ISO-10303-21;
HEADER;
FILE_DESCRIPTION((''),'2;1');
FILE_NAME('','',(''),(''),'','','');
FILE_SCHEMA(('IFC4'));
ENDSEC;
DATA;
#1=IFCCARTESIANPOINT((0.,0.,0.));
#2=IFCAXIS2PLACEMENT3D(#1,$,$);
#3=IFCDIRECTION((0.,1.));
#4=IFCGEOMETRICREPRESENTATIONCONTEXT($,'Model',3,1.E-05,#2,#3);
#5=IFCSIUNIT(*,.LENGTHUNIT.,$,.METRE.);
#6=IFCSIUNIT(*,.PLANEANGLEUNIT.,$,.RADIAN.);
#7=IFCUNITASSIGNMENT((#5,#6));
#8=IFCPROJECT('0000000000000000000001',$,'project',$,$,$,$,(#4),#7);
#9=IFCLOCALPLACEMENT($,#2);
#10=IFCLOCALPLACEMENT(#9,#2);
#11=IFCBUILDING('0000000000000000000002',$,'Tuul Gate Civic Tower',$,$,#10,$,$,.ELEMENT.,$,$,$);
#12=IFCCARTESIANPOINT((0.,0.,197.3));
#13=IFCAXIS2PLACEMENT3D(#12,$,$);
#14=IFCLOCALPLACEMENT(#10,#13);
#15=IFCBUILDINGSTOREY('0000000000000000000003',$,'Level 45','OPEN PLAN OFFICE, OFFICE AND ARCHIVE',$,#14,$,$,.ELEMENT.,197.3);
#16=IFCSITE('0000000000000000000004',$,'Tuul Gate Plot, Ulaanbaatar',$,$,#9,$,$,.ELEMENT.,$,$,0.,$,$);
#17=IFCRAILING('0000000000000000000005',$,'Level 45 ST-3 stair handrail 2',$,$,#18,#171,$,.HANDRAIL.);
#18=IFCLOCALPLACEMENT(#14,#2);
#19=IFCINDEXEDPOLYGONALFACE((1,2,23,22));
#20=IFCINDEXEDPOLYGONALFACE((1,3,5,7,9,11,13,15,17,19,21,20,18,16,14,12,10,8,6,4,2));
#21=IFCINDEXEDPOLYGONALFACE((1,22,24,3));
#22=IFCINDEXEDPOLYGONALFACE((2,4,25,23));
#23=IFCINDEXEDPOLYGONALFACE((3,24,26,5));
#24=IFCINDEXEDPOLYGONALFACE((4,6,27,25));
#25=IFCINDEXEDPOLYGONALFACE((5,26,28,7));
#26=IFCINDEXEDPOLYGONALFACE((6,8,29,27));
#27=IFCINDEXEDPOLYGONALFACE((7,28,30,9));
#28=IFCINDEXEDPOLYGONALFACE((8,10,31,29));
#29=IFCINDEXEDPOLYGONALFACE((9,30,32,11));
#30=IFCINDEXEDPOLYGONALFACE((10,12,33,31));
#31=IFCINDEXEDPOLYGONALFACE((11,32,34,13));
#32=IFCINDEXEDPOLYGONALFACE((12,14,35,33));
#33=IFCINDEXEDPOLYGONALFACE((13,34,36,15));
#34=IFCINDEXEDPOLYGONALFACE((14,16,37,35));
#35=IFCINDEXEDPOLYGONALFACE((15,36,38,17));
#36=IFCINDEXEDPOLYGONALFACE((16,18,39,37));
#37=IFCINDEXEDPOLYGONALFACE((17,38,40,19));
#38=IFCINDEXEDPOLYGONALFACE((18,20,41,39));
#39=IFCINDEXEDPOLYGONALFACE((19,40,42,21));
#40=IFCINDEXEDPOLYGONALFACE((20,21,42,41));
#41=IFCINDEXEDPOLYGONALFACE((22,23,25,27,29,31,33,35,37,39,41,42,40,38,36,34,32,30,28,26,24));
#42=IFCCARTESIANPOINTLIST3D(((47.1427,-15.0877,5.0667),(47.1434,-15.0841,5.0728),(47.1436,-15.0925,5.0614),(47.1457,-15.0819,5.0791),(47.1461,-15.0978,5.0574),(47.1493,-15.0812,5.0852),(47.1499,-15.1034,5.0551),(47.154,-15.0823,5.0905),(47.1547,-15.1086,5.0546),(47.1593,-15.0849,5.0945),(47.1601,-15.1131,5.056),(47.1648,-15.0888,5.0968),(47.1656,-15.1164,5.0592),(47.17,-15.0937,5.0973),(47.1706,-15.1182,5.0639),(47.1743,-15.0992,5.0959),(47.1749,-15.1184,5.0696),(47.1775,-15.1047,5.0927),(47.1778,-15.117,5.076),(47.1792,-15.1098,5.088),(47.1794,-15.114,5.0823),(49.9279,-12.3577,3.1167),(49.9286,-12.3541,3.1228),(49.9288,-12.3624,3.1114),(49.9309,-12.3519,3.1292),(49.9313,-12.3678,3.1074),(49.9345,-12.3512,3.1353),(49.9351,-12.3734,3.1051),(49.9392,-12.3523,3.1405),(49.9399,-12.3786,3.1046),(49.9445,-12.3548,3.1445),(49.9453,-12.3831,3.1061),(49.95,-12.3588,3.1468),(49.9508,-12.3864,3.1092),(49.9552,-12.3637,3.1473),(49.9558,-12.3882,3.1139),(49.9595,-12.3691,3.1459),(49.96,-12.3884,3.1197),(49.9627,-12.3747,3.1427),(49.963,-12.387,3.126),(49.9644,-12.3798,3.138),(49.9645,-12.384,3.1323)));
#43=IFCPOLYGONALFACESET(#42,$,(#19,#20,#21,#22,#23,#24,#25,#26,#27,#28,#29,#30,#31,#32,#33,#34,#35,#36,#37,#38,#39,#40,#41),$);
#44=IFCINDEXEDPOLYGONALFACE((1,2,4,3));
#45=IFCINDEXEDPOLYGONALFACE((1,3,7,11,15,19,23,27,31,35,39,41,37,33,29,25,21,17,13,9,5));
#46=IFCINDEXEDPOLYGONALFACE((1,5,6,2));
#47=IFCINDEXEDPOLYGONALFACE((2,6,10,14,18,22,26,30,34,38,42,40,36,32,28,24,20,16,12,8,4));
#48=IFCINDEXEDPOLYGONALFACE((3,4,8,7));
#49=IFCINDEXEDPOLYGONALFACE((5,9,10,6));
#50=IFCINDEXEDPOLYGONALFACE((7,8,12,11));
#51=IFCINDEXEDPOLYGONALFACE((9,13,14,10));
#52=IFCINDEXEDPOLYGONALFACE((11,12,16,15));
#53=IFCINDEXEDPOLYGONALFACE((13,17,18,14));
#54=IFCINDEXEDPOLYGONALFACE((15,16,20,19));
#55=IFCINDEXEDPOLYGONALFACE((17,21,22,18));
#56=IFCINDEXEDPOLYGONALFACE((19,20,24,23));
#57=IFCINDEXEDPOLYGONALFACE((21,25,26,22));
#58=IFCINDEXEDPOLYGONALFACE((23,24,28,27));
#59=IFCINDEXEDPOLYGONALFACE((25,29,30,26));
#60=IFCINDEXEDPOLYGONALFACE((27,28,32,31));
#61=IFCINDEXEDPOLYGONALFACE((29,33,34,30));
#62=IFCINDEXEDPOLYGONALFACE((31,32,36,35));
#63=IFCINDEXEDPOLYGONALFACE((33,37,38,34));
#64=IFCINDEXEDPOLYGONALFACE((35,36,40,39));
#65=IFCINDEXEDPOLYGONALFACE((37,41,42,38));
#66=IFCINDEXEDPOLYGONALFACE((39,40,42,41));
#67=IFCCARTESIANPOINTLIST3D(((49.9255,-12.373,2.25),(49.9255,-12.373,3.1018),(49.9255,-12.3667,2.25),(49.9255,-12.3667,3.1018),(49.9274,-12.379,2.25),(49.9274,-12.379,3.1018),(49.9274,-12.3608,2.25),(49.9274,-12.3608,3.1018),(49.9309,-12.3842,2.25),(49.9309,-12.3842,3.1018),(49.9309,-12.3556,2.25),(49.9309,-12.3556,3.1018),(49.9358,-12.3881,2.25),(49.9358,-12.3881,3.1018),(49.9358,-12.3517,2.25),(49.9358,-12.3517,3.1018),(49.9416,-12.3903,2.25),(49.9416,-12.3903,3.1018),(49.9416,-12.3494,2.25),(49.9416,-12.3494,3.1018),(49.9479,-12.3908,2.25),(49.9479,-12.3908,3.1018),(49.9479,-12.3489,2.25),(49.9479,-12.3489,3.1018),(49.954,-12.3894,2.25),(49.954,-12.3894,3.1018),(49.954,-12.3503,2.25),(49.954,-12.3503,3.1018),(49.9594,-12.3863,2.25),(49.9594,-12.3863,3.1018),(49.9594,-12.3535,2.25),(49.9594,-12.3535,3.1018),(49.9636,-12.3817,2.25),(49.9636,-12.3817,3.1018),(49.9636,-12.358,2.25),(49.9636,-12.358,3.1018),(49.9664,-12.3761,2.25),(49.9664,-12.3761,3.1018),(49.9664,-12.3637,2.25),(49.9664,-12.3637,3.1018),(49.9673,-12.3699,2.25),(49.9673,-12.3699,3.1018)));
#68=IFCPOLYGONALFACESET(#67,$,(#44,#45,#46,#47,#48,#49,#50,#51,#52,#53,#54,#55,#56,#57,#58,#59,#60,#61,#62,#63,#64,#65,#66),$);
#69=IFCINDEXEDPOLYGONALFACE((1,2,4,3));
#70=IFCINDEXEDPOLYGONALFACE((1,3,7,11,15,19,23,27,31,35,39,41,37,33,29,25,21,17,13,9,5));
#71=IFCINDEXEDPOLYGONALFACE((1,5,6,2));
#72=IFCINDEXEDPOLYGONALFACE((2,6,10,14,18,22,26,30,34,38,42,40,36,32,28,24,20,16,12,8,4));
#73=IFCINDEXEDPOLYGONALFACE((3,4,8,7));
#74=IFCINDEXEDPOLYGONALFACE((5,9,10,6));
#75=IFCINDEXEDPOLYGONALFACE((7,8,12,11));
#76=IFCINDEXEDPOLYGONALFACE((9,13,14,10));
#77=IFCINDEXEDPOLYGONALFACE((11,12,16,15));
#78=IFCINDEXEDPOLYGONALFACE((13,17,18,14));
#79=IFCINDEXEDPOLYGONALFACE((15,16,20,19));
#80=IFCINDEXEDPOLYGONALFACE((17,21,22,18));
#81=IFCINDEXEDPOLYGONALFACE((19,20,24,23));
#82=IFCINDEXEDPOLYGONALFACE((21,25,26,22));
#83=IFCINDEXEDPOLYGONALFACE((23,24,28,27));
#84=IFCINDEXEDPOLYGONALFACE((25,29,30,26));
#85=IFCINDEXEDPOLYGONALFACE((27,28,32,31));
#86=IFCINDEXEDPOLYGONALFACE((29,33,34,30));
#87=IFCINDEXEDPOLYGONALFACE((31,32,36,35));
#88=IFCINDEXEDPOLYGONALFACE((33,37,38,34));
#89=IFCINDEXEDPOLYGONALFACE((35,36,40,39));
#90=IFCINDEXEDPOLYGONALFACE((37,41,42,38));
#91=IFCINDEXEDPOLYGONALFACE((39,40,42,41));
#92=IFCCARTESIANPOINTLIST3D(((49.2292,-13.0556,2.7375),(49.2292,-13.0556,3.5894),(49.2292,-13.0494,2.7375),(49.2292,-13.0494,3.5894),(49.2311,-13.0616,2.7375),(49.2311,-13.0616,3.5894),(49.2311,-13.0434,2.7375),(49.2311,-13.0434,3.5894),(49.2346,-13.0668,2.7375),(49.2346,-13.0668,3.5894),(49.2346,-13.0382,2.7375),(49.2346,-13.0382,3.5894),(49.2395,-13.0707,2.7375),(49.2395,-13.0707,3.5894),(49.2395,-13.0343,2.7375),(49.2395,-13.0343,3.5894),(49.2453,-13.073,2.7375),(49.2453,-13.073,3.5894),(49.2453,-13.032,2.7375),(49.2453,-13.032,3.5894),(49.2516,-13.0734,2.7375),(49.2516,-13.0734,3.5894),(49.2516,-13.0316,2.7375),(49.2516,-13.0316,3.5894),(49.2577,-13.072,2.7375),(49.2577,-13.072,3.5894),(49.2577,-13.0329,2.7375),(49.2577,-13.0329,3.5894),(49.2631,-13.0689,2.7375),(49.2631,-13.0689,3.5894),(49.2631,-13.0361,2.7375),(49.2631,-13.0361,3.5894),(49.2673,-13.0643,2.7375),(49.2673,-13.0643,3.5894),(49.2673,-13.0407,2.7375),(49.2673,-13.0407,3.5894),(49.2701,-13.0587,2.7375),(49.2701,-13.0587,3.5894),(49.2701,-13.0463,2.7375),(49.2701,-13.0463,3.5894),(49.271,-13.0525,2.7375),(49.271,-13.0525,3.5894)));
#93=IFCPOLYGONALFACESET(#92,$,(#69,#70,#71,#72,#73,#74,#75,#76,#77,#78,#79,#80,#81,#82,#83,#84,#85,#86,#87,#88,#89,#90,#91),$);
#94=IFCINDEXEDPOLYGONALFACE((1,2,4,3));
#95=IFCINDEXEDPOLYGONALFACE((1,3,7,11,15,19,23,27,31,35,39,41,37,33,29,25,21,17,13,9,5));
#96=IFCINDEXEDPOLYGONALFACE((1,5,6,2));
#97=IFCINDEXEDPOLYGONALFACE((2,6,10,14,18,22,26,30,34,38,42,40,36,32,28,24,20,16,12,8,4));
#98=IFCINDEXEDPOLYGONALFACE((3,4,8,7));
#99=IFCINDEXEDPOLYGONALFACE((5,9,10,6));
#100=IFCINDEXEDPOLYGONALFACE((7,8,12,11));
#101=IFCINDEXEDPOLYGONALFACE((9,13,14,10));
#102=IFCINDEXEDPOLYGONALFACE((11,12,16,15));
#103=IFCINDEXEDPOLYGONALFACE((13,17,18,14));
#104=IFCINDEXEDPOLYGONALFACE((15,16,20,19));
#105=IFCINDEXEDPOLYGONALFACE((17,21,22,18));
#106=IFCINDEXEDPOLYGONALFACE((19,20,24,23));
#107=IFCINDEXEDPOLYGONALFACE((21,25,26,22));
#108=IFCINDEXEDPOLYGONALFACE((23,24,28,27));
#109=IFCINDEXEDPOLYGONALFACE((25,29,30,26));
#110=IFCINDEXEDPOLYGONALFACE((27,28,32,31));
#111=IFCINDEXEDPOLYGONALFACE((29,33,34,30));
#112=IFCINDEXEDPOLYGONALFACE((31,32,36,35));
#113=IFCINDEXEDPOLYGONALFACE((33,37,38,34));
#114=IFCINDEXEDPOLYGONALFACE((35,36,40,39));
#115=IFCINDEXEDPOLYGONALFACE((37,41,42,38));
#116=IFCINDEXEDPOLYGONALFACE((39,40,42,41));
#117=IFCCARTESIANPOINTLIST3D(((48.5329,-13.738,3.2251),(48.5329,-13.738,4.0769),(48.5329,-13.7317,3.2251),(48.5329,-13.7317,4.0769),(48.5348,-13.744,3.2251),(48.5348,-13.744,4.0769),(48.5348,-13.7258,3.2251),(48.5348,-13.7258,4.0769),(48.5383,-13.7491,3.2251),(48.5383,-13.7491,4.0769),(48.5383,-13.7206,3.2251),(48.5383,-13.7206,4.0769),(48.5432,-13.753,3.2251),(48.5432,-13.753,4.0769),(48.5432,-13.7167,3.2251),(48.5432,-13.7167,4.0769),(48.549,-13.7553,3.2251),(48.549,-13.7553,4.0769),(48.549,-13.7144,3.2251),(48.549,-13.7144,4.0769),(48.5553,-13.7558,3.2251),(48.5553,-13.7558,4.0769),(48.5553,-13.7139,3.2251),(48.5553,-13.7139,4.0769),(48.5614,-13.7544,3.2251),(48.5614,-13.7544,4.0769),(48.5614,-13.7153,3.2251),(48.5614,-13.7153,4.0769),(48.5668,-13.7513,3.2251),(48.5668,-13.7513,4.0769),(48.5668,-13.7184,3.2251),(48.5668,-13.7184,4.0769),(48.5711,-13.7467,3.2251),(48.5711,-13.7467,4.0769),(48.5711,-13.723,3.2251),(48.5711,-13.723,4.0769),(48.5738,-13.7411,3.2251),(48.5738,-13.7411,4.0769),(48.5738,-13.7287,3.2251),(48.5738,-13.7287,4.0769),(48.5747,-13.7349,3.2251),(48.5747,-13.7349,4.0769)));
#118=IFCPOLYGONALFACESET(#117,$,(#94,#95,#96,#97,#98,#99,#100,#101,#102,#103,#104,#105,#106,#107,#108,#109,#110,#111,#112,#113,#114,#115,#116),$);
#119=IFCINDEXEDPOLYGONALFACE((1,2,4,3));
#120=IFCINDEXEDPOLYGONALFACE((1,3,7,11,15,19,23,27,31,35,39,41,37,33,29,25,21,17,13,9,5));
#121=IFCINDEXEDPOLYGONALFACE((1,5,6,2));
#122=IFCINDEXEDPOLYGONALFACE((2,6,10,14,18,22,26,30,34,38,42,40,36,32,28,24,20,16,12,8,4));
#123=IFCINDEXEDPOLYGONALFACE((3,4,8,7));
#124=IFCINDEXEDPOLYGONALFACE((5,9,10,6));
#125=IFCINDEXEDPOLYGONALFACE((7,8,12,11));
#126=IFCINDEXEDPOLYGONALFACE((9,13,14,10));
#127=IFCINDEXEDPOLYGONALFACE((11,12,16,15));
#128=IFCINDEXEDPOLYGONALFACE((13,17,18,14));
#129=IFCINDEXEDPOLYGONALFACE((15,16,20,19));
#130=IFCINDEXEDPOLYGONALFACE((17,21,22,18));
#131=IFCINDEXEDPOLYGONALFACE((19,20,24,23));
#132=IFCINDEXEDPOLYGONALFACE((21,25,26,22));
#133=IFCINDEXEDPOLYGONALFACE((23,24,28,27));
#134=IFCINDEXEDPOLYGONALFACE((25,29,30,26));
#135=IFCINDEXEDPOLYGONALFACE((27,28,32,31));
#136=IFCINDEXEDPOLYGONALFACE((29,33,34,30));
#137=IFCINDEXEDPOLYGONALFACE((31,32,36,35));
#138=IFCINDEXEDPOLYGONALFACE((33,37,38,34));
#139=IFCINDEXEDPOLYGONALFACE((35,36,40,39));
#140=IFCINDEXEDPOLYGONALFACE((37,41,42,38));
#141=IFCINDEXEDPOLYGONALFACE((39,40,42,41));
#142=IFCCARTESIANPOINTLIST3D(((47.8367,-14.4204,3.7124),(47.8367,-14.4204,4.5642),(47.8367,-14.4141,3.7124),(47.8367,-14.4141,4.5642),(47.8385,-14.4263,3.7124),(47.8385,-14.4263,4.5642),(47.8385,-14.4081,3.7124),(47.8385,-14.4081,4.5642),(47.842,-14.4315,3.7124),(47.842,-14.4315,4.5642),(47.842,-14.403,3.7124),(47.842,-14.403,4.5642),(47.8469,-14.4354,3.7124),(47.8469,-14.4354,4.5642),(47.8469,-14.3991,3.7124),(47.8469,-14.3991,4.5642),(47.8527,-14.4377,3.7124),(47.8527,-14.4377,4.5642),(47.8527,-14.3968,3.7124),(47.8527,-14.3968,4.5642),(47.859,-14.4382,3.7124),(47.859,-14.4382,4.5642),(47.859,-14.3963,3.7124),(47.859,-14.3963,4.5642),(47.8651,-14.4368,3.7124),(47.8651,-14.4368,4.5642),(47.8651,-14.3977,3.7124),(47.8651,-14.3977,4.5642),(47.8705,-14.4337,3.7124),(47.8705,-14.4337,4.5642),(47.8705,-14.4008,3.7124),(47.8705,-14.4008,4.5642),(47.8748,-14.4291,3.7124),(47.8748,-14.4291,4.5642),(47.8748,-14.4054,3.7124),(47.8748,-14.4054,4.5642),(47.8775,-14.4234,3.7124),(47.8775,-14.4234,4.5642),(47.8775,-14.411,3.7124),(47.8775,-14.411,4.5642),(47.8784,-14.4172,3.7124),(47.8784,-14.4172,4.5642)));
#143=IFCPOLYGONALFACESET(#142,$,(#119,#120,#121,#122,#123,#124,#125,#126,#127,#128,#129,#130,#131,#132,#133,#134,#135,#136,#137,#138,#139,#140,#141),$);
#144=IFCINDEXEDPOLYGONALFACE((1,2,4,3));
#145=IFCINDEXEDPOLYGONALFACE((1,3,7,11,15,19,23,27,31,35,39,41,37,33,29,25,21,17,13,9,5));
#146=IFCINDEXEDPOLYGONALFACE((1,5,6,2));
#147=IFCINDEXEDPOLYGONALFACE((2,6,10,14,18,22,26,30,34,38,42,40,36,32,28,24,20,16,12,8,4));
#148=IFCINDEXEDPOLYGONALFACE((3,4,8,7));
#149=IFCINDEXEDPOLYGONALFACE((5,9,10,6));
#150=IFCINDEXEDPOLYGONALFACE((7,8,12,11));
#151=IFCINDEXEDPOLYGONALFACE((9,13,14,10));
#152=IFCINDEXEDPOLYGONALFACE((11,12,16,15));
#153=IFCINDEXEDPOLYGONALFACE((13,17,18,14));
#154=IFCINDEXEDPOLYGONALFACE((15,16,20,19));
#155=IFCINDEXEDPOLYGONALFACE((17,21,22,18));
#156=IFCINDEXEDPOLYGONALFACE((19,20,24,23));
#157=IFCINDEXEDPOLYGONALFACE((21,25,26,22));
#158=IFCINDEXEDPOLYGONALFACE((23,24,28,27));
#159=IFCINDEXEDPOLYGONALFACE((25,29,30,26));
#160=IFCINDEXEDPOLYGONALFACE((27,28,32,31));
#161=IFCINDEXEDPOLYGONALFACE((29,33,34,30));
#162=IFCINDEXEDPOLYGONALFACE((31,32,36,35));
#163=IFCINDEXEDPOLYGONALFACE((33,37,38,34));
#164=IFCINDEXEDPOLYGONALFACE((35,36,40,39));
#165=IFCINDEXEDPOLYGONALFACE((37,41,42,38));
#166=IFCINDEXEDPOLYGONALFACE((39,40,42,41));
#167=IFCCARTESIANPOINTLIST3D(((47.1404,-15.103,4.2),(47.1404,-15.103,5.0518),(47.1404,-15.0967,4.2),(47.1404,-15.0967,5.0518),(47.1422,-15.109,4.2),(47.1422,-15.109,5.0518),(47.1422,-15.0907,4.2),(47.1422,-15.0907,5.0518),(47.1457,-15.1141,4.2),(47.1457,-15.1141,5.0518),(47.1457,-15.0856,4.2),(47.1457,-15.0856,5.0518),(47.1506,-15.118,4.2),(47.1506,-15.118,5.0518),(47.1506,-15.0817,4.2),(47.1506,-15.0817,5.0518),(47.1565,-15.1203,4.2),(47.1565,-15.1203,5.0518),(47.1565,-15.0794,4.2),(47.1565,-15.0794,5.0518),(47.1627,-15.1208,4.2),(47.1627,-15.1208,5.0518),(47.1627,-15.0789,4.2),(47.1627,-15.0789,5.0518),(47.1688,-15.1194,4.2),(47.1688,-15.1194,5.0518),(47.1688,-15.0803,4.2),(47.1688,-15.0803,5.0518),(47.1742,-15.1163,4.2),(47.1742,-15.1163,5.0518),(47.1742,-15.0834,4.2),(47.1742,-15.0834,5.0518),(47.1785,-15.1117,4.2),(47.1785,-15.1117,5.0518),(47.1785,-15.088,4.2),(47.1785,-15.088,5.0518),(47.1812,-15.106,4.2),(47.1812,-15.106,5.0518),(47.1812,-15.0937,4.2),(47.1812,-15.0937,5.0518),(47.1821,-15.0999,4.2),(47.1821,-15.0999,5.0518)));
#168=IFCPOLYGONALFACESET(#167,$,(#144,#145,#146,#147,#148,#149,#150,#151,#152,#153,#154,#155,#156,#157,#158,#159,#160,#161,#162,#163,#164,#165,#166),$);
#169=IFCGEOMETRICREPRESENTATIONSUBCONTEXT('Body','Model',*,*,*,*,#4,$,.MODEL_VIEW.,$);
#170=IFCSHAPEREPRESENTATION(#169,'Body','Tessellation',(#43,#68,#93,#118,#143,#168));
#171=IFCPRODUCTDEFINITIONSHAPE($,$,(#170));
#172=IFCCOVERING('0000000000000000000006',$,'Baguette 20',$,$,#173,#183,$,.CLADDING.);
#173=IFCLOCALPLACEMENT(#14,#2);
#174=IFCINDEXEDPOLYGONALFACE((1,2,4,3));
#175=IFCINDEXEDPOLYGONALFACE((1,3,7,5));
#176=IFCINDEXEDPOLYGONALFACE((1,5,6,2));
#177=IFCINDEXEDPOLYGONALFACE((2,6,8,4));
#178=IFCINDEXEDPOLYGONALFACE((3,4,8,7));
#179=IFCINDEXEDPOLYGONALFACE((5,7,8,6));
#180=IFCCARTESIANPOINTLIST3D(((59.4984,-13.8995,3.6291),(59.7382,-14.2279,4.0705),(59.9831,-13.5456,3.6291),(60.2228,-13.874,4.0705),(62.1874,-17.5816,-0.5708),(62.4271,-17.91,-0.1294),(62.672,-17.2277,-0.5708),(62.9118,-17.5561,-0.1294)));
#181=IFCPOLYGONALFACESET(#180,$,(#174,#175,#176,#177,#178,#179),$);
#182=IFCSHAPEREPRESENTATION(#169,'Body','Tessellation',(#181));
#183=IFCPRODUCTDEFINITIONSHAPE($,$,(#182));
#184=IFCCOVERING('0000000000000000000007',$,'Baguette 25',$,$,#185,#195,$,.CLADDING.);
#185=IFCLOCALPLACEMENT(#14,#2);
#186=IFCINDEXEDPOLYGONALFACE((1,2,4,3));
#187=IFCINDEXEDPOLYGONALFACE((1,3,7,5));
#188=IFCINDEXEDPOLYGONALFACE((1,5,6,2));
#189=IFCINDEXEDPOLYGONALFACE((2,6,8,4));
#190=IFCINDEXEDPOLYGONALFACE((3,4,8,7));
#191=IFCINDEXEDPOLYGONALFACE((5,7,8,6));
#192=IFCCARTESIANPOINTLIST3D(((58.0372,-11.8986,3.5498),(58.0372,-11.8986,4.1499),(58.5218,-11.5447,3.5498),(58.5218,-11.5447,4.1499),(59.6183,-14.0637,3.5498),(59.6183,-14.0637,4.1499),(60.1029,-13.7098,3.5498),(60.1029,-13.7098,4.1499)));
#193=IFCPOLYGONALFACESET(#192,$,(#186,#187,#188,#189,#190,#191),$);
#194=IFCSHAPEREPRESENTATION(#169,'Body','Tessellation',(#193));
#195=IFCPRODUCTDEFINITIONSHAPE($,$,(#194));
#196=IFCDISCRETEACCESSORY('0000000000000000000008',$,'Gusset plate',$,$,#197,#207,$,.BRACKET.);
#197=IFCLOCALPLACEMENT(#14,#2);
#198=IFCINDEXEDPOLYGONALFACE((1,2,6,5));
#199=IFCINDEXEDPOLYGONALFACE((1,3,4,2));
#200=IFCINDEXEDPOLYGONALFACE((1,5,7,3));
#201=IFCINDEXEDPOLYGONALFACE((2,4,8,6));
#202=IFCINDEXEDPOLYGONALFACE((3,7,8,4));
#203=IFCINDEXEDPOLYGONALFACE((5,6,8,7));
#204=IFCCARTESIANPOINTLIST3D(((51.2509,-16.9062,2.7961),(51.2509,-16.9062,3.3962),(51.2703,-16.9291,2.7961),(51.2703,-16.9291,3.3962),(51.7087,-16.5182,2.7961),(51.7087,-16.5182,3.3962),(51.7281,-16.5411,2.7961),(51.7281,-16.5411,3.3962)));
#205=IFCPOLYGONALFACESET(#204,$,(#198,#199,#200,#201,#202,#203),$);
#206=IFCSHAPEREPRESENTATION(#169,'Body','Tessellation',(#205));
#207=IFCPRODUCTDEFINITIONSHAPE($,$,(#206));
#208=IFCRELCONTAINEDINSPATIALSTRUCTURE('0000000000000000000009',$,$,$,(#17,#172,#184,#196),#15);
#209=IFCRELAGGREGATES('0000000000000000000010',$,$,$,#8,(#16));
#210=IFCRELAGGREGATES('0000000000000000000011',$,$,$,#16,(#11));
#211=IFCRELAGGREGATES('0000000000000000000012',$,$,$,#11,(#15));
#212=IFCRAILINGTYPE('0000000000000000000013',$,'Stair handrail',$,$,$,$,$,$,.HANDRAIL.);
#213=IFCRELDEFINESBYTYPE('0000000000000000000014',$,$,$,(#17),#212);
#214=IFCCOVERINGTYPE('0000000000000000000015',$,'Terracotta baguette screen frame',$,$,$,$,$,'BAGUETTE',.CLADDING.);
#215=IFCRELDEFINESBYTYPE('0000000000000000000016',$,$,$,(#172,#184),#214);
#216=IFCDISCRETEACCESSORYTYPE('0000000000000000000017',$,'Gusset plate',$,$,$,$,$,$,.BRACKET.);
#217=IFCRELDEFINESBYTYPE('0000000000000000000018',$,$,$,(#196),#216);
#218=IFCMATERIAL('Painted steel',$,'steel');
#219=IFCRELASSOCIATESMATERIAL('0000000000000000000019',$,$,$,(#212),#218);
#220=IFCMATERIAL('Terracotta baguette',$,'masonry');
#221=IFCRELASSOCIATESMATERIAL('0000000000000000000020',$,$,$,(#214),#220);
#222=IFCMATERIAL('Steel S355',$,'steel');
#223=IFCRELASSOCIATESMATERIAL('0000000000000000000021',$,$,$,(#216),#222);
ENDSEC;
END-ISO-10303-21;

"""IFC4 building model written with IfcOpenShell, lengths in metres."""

from ifc_helpers import new_model, si_unit, direction, frame, origin, origin_2d, place, context, subcontext, project, spatial, rectangle, circle, extrude, material, material_profile, profile_set, type_object, element, save


model = new_model("IFC4")

# Units and contexts
model_context = context("Model", 3, precision=1e-05, world=origin(), true_north=direction((0.0, 1.0)))
body_context = subcontext(model_context, "Body", "Model", "MODEL_VIEW")
ifc_project = project(units=[si_unit("LENGTHUNIT", "METRE"), si_unit("PLANEANGLEUNIT", "RADIAN")], contexts=[model_context])

# Site, building, storey
site_placement = place(None, origin())
site = spatial("IfcSite", under=ifc_project, at=site_placement, Name="Tuul Gate Plot, Ulaanbaatar", CompositionType="ELEMENT", RefElevation=0.0)
building_placement = place(site_placement, origin())
building = spatial("IfcBuilding", under=site, at=building_placement, Name="Tuul Gate Civic Tower", CompositionType="ELEMENT")
storey_placement = place(building_placement, frame((0.0, 0.0, 197.3)))
storey = spatial("IfcBuildingStorey", under=building, at=storey_placement, Name="Level 45", Description="OPEN PLAN OFFICE, OFFICE AND ARCHIVE", CompositionType="ELEMENT", Elevation=197.3)

# Railing
ifc_material_1 = material(Name="Painted steel", Category="steel")
railing_type = type_object("IfcRailingType", Name="Stair handrail", PredefinedType="HANDRAIL", material=ifc_material_1)
railing_1_placement = place(storey_placement, frame((49.9463, -12.3699, 2.25)))
element("IfcRailing", 1, at=railing_1_placement, inside=storey, type_object=railing_type, Name="Level 45 ST-3 stair handrail 2", PredefinedType="HANDRAIL", context=body_context, shape_type="SweptSolid", body=[
    extrude(circle(Radius=0.0239, at=origin_2d()), frame((0.0, 0.0, 0.876), z_axis=(-0.638754, -0.6261, 0.447206), x_axis=(0.699998, -0.714145, 0.0)), (0.0, 0.0, 1.0), 4.3604),
    extrude(circle(Radius=0.021, at=origin_2d()), origin(), (0.0, 0.0, 1.0), 0.8518),
    extrude(circle(Radius=0.021, at=origin_2d()), frame((-0.6963, -0.6826, 0.4875)), (0.0, 0.0, 1.0), 0.8518),
    extrude(circle(Radius=0.021, at=origin_2d()), frame((-1.3926, -1.365, 0.9751)), (0.0, 0.0, 1.0), 0.8518),
    extrude(circle(Radius=0.021, at=origin_2d()), frame((-2.0889, -2.0474, 1.4624)), (0.0, 0.0, 1.0), 0.8518),
    extrude(circle(Radius=0.021, at=origin_2d()), frame((-2.7852, -2.73, 1.95)), (0.0, 0.0, 1.0), 0.8518),
])

# Coverings
ifc_material_2 = material(Name="Terracotta baguette", Category="masonry")
ifc_material_profile_1 = material_profile(ifc_material_2, rectangle(XDim=0.6001, YDim=0.6001, at=origin_2d()), Name="Terracotta baguette screen frame")
ifc_profile_set_1 = profile_set([ifc_material_profile_1], Name="Terracotta baguette")
covering_type = type_object("IfcCoveringType", Name="Terracotta baguette screen frame", ElementType="BAGUETTE", PredefinedType="CLADDING", material=ifc_profile_set_1)
covering_1_placement = place(storey_placement, frame((62.5496, -17.5688, -0.3501), z_axis=(-0.433771, 0.593983, 0.677516), x_axis=(-0.807581, -0.589756, 0.0)))
element("IfcCovering", 2, at=covering_1_placement, inside=storey, type_object=covering_type, Name="Baguette 20", PredefinedType="CLADDING", context=body_context, shape_type="SweptSolid", body=[
    extrude(rectangle(XDim=0.6001, YDim=0.6001, at=origin_2d()), origin(), (0.0, 0.0, 1.0), 6.199),
])
covering_2_placement = place(storey_placement, frame((59.8606, -13.8867, 3.8499), z_axis=(-0.589752, 0.807585, 0.0), x_axis=(-0.807585, -0.589752, 0.0)))
element("IfcCovering", 3, at=covering_2_placement, inside=storey, type_object=covering_type, Name="Baguette 25", PredefinedType="CLADDING", context=body_context, shape_type="SweptSolid", body=[
    extrude(rectangle(XDim=0.6001, YDim=0.6001, at=origin_2d()), origin(), (0.0, 0.0, 1.0), 2.6809),
])

# Discrete accessory
ifc_material_3 = material(Name="Steel S355", Category="steel")
discrete_accessory_type_1 = type_object("IfcDiscreteAccessoryType", Name="Gusset plate", PredefinedType="BRACKET", material=ifc_material_3)
discrete_accessory_1_placement = place(storey_placement, frame((51.4895, -16.7236, 2.7961), z_axis=(0.0, 0.0, 1.0), x_axis=(0.762825, 0.646605, 0.0)))
element("IfcDiscreteAccessory", 4, at=discrete_accessory_1_placement, inside=storey, type_object=discrete_accessory_type_1, Name="Gusset plate", PredefinedType="BRACKET", context=body_context, shape_type="SweptSolid", body=[
    extrude(rectangle(XDim=0.6001, YDim=0.03, at=origin_2d()), origin(), (0.0, 0.0, 1.0), 0.6001),
])

save(model, "model.ifc")
